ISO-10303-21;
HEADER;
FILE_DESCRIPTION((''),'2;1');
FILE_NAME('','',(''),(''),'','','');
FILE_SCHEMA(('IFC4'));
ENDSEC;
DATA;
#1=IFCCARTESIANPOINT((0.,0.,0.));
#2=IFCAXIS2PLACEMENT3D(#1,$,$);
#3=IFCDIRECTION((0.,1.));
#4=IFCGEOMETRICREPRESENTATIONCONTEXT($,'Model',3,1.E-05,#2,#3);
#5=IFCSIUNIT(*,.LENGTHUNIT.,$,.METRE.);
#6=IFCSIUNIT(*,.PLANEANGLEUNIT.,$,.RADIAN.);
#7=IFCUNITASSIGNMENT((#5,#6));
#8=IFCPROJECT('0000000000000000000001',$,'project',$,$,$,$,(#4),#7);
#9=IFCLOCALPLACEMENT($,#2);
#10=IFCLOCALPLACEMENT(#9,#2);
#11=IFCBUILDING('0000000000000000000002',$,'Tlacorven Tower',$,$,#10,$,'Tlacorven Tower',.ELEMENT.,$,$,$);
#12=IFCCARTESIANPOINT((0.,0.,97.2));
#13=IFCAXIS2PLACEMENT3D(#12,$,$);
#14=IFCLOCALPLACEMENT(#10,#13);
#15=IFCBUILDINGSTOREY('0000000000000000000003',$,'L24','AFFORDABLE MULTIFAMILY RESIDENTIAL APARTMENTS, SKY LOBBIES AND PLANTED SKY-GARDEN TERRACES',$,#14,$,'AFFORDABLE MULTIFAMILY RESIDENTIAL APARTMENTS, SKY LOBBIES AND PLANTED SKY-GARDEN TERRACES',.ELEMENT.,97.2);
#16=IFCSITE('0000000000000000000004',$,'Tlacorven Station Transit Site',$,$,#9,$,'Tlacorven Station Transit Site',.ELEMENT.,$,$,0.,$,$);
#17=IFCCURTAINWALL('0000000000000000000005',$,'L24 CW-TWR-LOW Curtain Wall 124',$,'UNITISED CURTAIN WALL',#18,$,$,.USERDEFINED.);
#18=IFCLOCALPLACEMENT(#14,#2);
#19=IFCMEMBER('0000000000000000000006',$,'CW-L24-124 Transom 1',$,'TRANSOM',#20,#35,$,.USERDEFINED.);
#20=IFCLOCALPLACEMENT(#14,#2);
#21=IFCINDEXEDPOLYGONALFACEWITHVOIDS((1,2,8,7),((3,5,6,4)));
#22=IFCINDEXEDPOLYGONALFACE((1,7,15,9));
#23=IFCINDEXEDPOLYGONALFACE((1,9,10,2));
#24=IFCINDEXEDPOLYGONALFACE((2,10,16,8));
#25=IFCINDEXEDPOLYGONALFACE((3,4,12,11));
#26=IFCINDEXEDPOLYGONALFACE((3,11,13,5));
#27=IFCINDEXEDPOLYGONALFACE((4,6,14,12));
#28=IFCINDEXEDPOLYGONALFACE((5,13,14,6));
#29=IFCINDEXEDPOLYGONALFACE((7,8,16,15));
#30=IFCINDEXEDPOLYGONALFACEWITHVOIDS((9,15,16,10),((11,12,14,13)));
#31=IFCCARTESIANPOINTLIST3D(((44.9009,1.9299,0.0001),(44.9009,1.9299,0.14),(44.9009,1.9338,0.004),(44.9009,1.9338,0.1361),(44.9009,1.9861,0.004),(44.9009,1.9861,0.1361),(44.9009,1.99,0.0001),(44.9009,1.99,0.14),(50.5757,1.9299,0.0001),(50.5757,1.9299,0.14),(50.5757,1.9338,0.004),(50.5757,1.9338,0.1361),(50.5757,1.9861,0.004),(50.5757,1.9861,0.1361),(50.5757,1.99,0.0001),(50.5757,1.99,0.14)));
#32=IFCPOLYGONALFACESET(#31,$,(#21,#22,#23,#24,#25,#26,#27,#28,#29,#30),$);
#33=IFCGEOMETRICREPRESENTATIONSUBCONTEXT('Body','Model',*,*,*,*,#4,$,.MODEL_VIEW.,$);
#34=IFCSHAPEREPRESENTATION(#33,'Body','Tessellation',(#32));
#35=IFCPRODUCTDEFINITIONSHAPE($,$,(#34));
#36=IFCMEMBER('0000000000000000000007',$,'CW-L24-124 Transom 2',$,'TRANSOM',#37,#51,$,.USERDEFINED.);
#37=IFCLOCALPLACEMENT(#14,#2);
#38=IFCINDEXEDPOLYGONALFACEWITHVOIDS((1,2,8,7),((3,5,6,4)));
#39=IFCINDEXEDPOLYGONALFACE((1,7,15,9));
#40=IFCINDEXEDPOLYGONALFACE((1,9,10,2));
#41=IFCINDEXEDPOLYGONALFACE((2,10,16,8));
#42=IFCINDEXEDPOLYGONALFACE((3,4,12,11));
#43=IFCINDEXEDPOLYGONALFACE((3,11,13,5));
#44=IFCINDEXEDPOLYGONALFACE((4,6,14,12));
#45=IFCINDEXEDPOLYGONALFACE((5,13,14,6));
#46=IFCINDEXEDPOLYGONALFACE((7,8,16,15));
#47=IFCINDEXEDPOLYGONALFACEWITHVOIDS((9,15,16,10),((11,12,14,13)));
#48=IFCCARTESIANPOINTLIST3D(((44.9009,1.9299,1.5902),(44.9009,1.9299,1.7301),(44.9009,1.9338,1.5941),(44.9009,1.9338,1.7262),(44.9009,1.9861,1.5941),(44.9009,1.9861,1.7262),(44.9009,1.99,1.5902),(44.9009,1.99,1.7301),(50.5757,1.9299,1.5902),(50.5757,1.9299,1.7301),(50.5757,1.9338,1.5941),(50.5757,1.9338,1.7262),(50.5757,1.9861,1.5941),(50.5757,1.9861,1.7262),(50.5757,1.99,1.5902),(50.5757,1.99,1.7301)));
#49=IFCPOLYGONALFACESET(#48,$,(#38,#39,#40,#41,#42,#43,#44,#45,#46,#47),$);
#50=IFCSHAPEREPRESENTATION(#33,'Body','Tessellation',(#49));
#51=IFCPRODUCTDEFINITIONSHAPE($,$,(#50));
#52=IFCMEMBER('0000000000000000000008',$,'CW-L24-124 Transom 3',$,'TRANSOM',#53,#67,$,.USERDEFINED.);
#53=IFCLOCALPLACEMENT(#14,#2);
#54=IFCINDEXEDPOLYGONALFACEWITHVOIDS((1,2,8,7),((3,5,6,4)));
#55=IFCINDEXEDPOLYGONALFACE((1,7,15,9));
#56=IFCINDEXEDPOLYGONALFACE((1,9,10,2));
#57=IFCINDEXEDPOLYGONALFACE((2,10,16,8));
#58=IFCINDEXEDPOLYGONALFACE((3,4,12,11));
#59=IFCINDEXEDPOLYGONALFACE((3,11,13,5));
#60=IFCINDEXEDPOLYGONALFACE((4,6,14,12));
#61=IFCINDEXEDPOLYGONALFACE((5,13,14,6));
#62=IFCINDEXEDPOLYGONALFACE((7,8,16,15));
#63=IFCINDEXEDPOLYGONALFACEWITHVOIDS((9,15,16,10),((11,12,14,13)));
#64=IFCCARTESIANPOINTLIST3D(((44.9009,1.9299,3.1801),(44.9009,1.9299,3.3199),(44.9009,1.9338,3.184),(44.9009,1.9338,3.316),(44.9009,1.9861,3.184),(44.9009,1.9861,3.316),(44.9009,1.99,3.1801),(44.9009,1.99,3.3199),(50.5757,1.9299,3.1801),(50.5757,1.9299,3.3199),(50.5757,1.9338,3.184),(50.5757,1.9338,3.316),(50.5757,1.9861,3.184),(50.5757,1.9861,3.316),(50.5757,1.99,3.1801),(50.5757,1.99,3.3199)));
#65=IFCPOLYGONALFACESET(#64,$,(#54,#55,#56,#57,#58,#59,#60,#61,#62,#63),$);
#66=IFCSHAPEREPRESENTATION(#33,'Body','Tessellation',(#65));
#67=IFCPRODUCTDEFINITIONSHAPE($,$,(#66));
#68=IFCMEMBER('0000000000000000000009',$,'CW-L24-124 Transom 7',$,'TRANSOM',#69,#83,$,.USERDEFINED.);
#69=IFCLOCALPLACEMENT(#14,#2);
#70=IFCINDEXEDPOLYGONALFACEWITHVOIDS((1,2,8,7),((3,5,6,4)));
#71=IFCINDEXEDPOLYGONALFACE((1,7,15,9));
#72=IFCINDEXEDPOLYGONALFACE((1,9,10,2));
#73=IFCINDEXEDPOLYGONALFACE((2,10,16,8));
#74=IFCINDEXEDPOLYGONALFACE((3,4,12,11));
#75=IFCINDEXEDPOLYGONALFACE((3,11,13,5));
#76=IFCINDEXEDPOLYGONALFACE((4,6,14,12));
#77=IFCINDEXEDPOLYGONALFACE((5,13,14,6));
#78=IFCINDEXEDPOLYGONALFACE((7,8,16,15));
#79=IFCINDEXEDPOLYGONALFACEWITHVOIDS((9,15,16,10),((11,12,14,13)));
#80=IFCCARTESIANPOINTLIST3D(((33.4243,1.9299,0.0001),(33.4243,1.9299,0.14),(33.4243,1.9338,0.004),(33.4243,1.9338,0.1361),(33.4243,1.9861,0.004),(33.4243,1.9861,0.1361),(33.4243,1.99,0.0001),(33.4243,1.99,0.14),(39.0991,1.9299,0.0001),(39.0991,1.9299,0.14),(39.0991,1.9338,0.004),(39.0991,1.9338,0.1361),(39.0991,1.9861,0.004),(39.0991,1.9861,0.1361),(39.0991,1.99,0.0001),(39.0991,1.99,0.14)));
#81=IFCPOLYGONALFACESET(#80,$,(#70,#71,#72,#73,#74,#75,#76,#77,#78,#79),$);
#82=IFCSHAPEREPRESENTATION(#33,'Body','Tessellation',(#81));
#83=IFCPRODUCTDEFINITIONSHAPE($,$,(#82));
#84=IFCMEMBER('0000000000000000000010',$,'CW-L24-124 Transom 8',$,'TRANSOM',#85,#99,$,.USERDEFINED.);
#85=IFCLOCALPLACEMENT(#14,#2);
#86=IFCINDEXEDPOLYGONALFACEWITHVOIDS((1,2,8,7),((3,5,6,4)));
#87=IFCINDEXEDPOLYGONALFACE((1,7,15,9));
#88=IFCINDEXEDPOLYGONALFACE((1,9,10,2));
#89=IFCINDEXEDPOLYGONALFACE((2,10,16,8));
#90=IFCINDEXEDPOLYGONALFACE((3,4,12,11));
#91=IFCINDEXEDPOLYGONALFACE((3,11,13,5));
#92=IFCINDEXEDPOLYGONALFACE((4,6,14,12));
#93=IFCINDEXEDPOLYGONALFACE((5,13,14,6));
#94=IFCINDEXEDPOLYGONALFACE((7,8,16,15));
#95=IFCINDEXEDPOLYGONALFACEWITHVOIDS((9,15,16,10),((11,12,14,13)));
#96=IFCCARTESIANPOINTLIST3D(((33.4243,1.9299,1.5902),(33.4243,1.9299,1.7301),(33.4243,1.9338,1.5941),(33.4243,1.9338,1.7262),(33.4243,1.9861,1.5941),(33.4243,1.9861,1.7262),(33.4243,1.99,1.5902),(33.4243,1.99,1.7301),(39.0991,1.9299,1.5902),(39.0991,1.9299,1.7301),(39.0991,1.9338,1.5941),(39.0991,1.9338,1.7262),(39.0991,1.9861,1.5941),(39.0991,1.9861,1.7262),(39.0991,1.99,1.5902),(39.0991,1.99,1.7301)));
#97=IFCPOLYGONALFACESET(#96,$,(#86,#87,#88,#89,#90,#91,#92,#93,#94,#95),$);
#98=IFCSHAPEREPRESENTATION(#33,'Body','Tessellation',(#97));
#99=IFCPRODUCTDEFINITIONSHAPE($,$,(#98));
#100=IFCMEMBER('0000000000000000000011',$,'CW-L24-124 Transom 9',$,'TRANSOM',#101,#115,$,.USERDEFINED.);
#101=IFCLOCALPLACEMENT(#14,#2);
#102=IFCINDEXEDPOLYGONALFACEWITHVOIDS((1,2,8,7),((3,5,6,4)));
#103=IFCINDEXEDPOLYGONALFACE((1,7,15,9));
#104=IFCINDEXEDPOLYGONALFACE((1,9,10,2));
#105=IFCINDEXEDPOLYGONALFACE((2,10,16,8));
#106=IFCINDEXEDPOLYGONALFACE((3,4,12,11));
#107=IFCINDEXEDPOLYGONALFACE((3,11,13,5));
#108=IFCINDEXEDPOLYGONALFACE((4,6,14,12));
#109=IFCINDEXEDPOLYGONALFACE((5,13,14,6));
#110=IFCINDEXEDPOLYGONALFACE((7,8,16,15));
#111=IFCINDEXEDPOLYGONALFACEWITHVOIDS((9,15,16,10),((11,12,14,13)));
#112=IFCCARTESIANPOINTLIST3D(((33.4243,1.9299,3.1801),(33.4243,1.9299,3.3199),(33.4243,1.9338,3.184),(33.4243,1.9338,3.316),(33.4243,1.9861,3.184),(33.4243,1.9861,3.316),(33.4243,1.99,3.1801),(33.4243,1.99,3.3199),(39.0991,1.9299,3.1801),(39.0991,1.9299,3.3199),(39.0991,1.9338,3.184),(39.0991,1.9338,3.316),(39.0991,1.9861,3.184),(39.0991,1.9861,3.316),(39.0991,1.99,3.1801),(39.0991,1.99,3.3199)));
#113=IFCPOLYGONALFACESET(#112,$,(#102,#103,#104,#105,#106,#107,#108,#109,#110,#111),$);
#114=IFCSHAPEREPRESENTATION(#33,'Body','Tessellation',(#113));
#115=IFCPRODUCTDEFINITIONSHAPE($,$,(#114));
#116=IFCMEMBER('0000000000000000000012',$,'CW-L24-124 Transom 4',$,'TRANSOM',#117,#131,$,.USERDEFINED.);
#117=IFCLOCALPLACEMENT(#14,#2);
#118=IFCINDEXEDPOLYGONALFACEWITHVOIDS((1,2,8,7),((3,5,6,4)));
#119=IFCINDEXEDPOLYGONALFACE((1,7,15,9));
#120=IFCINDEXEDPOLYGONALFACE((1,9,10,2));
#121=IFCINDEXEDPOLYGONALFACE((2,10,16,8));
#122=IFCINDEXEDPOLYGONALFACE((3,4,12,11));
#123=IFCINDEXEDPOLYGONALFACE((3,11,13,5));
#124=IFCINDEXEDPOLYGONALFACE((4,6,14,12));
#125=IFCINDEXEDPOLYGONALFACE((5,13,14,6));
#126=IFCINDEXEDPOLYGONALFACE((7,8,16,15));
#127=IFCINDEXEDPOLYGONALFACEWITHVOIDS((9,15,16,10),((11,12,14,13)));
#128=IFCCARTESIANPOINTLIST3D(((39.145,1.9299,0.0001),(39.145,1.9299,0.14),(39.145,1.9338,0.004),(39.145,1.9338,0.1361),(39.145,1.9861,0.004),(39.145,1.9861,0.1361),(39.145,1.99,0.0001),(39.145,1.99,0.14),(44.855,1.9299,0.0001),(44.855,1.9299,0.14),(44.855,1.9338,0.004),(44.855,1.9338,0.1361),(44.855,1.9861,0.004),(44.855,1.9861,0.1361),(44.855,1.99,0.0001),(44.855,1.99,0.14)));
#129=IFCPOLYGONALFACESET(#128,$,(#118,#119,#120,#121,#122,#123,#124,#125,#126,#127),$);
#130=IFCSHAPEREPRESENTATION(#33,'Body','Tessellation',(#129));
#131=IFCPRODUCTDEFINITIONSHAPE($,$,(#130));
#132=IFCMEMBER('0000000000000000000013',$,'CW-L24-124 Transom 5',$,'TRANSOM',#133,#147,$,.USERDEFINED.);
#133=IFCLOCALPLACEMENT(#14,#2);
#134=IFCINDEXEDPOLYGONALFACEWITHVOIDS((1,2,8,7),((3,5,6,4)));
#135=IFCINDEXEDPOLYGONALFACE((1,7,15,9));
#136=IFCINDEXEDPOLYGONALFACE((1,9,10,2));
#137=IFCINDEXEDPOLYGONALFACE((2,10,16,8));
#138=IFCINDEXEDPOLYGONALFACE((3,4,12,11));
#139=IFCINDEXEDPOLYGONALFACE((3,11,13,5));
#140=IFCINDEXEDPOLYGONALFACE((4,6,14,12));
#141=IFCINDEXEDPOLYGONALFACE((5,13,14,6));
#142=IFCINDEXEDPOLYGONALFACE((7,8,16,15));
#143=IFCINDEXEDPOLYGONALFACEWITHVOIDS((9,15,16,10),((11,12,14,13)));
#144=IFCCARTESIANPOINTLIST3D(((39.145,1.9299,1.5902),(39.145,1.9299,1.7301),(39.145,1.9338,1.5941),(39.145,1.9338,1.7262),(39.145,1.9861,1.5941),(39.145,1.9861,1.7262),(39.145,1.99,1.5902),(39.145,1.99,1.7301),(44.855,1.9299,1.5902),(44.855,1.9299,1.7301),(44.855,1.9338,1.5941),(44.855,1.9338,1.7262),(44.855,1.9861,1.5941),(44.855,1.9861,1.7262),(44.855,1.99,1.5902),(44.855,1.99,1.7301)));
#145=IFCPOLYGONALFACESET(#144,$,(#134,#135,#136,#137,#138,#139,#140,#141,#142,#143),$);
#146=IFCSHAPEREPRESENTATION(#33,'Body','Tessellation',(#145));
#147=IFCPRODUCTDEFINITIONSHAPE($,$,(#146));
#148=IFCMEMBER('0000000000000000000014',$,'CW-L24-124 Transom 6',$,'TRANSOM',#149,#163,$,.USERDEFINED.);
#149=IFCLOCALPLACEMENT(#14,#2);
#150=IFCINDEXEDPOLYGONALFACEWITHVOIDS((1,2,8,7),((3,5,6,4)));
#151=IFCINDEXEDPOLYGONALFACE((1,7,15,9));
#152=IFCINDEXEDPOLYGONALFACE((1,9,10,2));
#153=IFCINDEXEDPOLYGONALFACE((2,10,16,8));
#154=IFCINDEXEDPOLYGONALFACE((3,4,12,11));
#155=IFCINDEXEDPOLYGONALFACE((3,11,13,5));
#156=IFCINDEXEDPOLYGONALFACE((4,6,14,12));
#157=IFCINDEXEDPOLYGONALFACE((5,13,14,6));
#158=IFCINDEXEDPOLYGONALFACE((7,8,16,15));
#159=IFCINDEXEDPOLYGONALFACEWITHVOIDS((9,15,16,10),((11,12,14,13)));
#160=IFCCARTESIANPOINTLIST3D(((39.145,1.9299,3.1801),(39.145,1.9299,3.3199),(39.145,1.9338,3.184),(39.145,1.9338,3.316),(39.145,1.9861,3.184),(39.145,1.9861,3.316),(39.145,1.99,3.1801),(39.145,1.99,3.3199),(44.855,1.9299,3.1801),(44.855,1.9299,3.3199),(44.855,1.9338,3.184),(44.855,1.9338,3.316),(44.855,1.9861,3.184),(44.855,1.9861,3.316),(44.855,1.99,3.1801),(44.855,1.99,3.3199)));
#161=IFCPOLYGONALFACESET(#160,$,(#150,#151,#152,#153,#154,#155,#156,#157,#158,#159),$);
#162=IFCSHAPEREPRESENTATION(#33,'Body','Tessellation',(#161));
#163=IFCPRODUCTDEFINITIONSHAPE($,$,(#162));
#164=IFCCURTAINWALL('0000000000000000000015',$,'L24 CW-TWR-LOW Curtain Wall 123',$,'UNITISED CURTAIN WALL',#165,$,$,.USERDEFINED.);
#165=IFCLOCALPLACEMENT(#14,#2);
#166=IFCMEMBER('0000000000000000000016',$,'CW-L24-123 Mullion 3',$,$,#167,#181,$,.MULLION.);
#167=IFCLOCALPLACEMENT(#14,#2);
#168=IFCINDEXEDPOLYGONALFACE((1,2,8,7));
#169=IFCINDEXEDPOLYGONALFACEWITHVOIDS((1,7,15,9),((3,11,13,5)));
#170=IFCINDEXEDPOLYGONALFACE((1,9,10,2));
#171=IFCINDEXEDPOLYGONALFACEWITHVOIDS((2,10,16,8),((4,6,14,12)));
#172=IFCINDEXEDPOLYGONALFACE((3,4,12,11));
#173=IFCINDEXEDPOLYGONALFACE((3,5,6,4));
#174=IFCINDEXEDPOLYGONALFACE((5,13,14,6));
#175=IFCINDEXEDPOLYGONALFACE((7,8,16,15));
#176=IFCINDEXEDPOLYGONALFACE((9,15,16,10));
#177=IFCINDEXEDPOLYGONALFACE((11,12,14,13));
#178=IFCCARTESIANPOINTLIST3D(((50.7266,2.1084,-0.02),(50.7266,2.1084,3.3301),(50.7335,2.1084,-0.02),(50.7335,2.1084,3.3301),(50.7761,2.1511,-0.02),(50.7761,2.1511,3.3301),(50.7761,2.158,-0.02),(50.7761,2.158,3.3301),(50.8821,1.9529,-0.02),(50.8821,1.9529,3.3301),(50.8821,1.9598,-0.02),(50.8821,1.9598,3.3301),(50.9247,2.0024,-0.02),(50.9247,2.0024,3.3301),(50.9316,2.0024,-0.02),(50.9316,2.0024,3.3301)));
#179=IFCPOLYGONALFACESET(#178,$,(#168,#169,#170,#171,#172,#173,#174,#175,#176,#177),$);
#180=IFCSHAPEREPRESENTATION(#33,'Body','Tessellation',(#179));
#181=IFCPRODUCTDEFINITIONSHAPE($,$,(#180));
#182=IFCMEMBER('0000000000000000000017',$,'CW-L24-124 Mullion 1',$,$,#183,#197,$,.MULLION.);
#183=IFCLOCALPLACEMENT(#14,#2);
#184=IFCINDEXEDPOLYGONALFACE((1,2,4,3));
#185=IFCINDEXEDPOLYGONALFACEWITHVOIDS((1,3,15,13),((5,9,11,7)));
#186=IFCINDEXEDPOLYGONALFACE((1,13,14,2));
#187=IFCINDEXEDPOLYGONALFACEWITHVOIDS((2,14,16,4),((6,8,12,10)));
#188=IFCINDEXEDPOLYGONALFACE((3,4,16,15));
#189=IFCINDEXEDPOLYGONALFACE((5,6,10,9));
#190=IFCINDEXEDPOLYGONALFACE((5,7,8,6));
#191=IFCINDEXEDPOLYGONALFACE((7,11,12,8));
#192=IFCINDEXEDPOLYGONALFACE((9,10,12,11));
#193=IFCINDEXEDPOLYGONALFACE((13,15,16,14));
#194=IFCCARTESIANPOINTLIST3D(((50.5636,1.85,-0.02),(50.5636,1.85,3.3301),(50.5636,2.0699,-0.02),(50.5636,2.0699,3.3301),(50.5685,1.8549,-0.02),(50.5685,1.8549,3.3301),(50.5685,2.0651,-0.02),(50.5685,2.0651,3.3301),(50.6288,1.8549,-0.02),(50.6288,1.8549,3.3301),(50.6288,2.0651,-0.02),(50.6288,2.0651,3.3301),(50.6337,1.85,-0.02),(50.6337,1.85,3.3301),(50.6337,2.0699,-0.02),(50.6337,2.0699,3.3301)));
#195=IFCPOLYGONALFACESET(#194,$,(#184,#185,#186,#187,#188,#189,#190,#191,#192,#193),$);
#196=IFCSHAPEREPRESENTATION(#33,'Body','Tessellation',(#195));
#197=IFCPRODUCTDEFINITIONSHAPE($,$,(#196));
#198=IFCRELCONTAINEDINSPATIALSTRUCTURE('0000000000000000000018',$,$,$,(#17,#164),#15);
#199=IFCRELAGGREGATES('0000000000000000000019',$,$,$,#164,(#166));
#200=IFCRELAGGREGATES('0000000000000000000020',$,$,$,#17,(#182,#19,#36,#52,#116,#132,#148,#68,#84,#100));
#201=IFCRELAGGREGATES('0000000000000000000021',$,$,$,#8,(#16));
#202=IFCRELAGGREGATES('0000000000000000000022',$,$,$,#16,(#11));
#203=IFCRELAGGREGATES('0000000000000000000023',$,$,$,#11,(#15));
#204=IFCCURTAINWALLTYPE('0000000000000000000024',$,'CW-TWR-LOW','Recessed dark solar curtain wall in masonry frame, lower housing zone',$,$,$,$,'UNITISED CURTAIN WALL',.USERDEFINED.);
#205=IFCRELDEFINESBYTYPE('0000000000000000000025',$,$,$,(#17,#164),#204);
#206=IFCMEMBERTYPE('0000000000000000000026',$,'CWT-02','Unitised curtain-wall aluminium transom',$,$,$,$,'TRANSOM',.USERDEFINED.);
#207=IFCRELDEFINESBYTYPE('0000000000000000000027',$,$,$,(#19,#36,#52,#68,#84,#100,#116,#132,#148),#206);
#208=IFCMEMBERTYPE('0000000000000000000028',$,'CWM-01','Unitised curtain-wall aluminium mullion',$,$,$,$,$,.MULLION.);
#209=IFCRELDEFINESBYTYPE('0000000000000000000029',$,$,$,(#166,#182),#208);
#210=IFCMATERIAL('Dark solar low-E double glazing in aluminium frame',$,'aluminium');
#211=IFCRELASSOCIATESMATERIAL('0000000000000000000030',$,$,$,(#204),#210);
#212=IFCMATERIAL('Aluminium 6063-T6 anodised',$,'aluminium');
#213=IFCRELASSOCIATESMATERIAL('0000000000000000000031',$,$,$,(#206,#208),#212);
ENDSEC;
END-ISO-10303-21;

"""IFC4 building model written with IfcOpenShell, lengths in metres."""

from ifc_helpers import new_model, si_unit, direction, frame, origin, origin_2d, place, context, subcontext, project, spatial, hollow_rectangle, extrude, source, transform, mapped, material, material_profile, profile_set, type_object, element, aggregate, save


model = new_model("IFC4")

# Units and contexts
model_context = context("Model", 3, precision=1e-05, world=origin(), true_north=direction((0.0, 1.0)))
body_context = subcontext(model_context, "Body", "Model", "MODEL_VIEW")
ifc_project = project(units=[si_unit("LENGTHUNIT", "METRE"), si_unit("PLANEANGLEUNIT", "RADIAN")], contexts=[model_context])

# Site, building, storey
site_placement = place(None, origin())
site = spatial("IfcSite", under=ifc_project, at=site_placement, Name="Tlacorven Station Transit Site", LongName="Tlacorven Station Transit Site", CompositionType="ELEMENT", RefElevation=0.0)
building_placement = place(site_placement, origin())
building = spatial("IfcBuilding", under=site, at=building_placement, Name="Tlacorven Tower", LongName="Tlacorven Tower", CompositionType="ELEMENT")
storey_placement = place(building_placement, frame((0.0, 0.0, 97.2)))
storey = spatial("IfcBuildingStorey", under=building, at=storey_placement, Name="L24", Description="AFFORDABLE MULTIFAMILY RESIDENTIAL APARTMENTS, SKY LOBBIES AND PLANTED SKY-GARDEN TERRACES", LongName="AFFORDABLE MULTIFAMILY RESIDENTIAL APARTMENTS, SKY LOBBIES AND PLANTED SKY-GARDEN TERRACES", CompositionType="ELEMENT", Elevation=97.2)

# Curtain wall, members
ifc_material_1 = material(Name="Dark solar low-E double glazing in aluminium frame", Category="aluminium")
curtain_wall_type = type_object("IfcCurtainWallType", Name="CW-TWR-LOW", Description="Recessed dark solar curtain wall in masonry frame, lower housing zone", ElementType="UNITISED CURTAIN WALL", PredefinedType="USERDEFINED", material=ifc_material_1)
curtain_wall_1_placement = place(storey_placement, origin())
curtain_wall_1 = element("IfcCurtainWall", 1, at=curtain_wall_1_placement, inside=storey, type_object=curtain_wall_type, Name="L24 CW-TWR-LOW Curtain Wall 124", ObjectType="UNITISED CURTAIN WALL", PredefinedType="USERDEFINED")
ifc_material_2 = material(Name="Aluminium 6063-T6 anodised", Category="aluminium")
ifc_material_profile_1 = material_profile(ifc_material_2, hollow_rectangle(XDim=0.0601, YDim=0.1399, WallThickness=0.0039, at=origin_2d()), Name="ALU TRANSOM 60X140")
ifc_profile_set_1 = profile_set([ifc_material_profile_1], Name="Aluminium 6063-T6 anodised")
member_type_1 = type_object("IfcMemberType", Name="CWT-02", Description="Unitised curtain-wall aluminium transom", ElementType="TRANSOM", PredefinedType="USERDEFINED", material=ifc_profile_set_1)
shared_shape_1 = source(origin(), body_context, "Body", "SweptSolid", [
    extrude(hollow_rectangle(XDim=0.0601, YDim=0.1399, WallThickness=0.0039, at=origin_2d()), origin(), (0.0, 0.0, 1.0), 5.6748),
])
member_1_placement = place(storey_placement, frame((50.5757, 1.96, 0.0701), z_axis=(-1.0, 0.0, 0.0), x_axis=(0.0, -1.0, 0.0)))
member_1 = element("IfcMember", 2, at=member_1_placement, type_object=member_type_1, Name="CW-L24-124 Transom 1", ObjectType="TRANSOM", PredefinedType="USERDEFINED", context=body_context, shape_type="MappedRepresentation", body=[
    mapped(shared_shape_1, transform((0.0, 0.0, 0.0), scale=1.0)),
])
member_2_placement = place(storey_placement, frame((50.5757, 1.96, 1.6602), z_axis=(-1.0, 0.0, 0.0), x_axis=(0.0, -1.0, 0.0)))
member_2 = element("IfcMember", 3, at=member_2_placement, type_object=member_type_1, Name="CW-L24-124 Transom 2", ObjectType="TRANSOM", PredefinedType="USERDEFINED", context=body_context, shape_type="MappedRepresentation", body=[
    mapped(shared_shape_1, transform((0.0, 0.0, 0.0), scale=1.0)),
])
member_3_placement = place(storey_placement, frame((50.5757, 1.96, 3.25), z_axis=(-1.0, 0.0, 0.0), x_axis=(0.0, -1.0, 0.0)))
member_3 = element("IfcMember", 4, at=member_3_placement, type_object=member_type_1, Name="CW-L24-124 Transom 3", ObjectType="TRANSOM", PredefinedType="USERDEFINED", context=body_context, shape_type="MappedRepresentation", body=[
    mapped(shared_shape_1, transform((0.0, 0.0, 0.0), scale=1.0)),
])
member_4_placement = place(storey_placement, frame((39.0991, 1.96, 0.0701), z_axis=(-1.0, 0.0, 0.0), x_axis=(0.0, -1.0, 0.0)))
member_4 = element("IfcMember", 5, at=member_4_placement, type_object=member_type_1, Name="CW-L24-124 Transom 7", ObjectType="TRANSOM", PredefinedType="USERDEFINED", context=body_context, shape_type="MappedRepresentation", body=[
    mapped(shared_shape_1, transform((0.0, 0.0, 0.0), scale=1.0)),
])
member_5_placement = place(storey_placement, frame((39.0991, 1.96, 1.6602), z_axis=(-1.0, 0.0, 0.0), x_axis=(0.0, -1.0, 0.0)))
member_5 = element("IfcMember", 6, at=member_5_placement, type_object=member_type_1, Name="CW-L24-124 Transom 8", ObjectType="TRANSOM", PredefinedType="USERDEFINED", context=body_context, shape_type="MappedRepresentation", body=[
    mapped(shared_shape_1, transform((0.0, 0.0, 0.0), scale=1.0)),
])
member_6_placement = place(storey_placement, frame((39.0991, 1.96, 3.25), z_axis=(-1.0, 0.0, 0.0), x_axis=(0.0, -1.0, 0.0)))
member_6 = element("IfcMember", 7, at=member_6_placement, type_object=member_type_1, Name="CW-L24-124 Transom 9", ObjectType="TRANSOM", PredefinedType="USERDEFINED", context=body_context, shape_type="MappedRepresentation", body=[
    mapped(shared_shape_1, transform((0.0, 0.0, 0.0), scale=1.0)),
])
shared_shape_2 = source(origin(), body_context, "Body", "SweptSolid", [
    extrude(hollow_rectangle(XDim=0.0601, YDim=0.1399, WallThickness=0.0039, at=origin_2d()), origin(), (0.0, 0.0, 1.0), 5.71),
])
member_7_placement = place(storey_placement, frame((44.855, 1.96, 0.0701), z_axis=(-1.0, 0.0, 0.0), x_axis=(0.0, -1.0, 0.0)))
member_7 = element("IfcMember", 8, at=member_7_placement, type_object=member_type_1, Name="CW-L24-124 Transom 4", ObjectType="TRANSOM", PredefinedType="USERDEFINED", context=body_context, shape_type="MappedRepresentation", body=[
    mapped(shared_shape_2, transform((0.0, 0.0, 0.0), scale=1.0)),
])
member_8_placement = place(storey_placement, frame((44.855, 1.96, 1.6602), z_axis=(-1.0, 0.0, 0.0), x_axis=(0.0, -1.0, 0.0)))
member_8 = element("IfcMember", 9, at=member_8_placement, type_object=member_type_1, Name="CW-L24-124 Transom 5", ObjectType="TRANSOM", PredefinedType="USERDEFINED", context=body_context, shape_type="MappedRepresentation", body=[
    mapped(shared_shape_2, transform((0.0, 0.0, 0.0), scale=1.0)),
])
member_9_placement = place(storey_placement, frame((44.855, 1.96, 3.25), z_axis=(-1.0, 0.0, 0.0), x_axis=(0.0, -1.0, 0.0)))
member_9 = element("IfcMember", 10, at=member_9_placement, type_object=member_type_1, Name="CW-L24-124 Transom 6", ObjectType="TRANSOM", PredefinedType="USERDEFINED", context=body_context, shape_type="MappedRepresentation", body=[
    mapped(shared_shape_2, transform((0.0, 0.0, 0.0), scale=1.0)),
])

# Curtain wall, member
curtain_wall_2_placement = place(storey_placement, origin())
curtain_wall_2 = element("IfcCurtainWall", 11, at=curtain_wall_2_placement, inside=storey, type_object=curtain_wall_type, Name="L24 CW-TWR-LOW Curtain Wall 123", ObjectType="UNITISED CURTAIN WALL", PredefinedType="USERDEFINED")
ifc_material_profile_2 = material_profile(ifc_material_2, hollow_rectangle(XDim=0.0701, YDim=0.22, WallThickness=0.0049, at=origin_2d()), Name="ALU MULLION 70X220")
ifc_profile_set_2 = profile_set([ifc_material_profile_2], Name="Aluminium 6063-T6 anodised")
member_type_2 = type_object("IfcMemberType", Name="CWM-01", Description="Unitised curtain-wall aluminium mullion", PredefinedType="MULLION", material=ifc_profile_set_2)
shared_shape_3 = source(origin(), body_context, "Body", "SweptSolid", [
    extrude(hollow_rectangle(XDim=0.0701, YDim=0.22, WallThickness=0.0049, at=origin_2d()), origin(), (0.0, 0.0, 1.0), 3.3501),
])
member_10_placement = place(storey_placement, frame((50.8291, 2.0554, -0.02), z_axis=(0.0, 0.0, 1.0), x_axis=(-0.707107, -0.707107, 0.0)))
member_10 = element("IfcMember", 12, at=member_10_placement, type_object=member_type_2, Name="CW-L24-123 Mullion 3", PredefinedType="MULLION", context=body_context, shape_type="MappedRepresentation", body=[
    mapped(shared_shape_3, transform((0.0, 0.0, 0.0), scale=1.0)),
])

# Member
member_11_placement = place(storey_placement, frame((50.5986, 1.96, -0.02), z_axis=(0.0, 0.0, 1.0), x_axis=(-1.0, 0.0, 0.0)))
member_11 = element("IfcMember", 13, at=member_11_placement, type_object=member_type_2, Name="CW-L24-124 Mullion 1", PredefinedType="MULLION", context=body_context, shape_type="MappedRepresentation", body=[
    mapped(shared_shape_3, transform((0.0, 0.0, 0.0), scale=1.0)),
])

aggregate(curtain_wall_2, [member_10])
aggregate(curtain_wall_1, [member_11, member_1, member_2, member_3, member_7, member_8, member_9, member_4, member_5, member_6])

save(model, "model.ifc")
